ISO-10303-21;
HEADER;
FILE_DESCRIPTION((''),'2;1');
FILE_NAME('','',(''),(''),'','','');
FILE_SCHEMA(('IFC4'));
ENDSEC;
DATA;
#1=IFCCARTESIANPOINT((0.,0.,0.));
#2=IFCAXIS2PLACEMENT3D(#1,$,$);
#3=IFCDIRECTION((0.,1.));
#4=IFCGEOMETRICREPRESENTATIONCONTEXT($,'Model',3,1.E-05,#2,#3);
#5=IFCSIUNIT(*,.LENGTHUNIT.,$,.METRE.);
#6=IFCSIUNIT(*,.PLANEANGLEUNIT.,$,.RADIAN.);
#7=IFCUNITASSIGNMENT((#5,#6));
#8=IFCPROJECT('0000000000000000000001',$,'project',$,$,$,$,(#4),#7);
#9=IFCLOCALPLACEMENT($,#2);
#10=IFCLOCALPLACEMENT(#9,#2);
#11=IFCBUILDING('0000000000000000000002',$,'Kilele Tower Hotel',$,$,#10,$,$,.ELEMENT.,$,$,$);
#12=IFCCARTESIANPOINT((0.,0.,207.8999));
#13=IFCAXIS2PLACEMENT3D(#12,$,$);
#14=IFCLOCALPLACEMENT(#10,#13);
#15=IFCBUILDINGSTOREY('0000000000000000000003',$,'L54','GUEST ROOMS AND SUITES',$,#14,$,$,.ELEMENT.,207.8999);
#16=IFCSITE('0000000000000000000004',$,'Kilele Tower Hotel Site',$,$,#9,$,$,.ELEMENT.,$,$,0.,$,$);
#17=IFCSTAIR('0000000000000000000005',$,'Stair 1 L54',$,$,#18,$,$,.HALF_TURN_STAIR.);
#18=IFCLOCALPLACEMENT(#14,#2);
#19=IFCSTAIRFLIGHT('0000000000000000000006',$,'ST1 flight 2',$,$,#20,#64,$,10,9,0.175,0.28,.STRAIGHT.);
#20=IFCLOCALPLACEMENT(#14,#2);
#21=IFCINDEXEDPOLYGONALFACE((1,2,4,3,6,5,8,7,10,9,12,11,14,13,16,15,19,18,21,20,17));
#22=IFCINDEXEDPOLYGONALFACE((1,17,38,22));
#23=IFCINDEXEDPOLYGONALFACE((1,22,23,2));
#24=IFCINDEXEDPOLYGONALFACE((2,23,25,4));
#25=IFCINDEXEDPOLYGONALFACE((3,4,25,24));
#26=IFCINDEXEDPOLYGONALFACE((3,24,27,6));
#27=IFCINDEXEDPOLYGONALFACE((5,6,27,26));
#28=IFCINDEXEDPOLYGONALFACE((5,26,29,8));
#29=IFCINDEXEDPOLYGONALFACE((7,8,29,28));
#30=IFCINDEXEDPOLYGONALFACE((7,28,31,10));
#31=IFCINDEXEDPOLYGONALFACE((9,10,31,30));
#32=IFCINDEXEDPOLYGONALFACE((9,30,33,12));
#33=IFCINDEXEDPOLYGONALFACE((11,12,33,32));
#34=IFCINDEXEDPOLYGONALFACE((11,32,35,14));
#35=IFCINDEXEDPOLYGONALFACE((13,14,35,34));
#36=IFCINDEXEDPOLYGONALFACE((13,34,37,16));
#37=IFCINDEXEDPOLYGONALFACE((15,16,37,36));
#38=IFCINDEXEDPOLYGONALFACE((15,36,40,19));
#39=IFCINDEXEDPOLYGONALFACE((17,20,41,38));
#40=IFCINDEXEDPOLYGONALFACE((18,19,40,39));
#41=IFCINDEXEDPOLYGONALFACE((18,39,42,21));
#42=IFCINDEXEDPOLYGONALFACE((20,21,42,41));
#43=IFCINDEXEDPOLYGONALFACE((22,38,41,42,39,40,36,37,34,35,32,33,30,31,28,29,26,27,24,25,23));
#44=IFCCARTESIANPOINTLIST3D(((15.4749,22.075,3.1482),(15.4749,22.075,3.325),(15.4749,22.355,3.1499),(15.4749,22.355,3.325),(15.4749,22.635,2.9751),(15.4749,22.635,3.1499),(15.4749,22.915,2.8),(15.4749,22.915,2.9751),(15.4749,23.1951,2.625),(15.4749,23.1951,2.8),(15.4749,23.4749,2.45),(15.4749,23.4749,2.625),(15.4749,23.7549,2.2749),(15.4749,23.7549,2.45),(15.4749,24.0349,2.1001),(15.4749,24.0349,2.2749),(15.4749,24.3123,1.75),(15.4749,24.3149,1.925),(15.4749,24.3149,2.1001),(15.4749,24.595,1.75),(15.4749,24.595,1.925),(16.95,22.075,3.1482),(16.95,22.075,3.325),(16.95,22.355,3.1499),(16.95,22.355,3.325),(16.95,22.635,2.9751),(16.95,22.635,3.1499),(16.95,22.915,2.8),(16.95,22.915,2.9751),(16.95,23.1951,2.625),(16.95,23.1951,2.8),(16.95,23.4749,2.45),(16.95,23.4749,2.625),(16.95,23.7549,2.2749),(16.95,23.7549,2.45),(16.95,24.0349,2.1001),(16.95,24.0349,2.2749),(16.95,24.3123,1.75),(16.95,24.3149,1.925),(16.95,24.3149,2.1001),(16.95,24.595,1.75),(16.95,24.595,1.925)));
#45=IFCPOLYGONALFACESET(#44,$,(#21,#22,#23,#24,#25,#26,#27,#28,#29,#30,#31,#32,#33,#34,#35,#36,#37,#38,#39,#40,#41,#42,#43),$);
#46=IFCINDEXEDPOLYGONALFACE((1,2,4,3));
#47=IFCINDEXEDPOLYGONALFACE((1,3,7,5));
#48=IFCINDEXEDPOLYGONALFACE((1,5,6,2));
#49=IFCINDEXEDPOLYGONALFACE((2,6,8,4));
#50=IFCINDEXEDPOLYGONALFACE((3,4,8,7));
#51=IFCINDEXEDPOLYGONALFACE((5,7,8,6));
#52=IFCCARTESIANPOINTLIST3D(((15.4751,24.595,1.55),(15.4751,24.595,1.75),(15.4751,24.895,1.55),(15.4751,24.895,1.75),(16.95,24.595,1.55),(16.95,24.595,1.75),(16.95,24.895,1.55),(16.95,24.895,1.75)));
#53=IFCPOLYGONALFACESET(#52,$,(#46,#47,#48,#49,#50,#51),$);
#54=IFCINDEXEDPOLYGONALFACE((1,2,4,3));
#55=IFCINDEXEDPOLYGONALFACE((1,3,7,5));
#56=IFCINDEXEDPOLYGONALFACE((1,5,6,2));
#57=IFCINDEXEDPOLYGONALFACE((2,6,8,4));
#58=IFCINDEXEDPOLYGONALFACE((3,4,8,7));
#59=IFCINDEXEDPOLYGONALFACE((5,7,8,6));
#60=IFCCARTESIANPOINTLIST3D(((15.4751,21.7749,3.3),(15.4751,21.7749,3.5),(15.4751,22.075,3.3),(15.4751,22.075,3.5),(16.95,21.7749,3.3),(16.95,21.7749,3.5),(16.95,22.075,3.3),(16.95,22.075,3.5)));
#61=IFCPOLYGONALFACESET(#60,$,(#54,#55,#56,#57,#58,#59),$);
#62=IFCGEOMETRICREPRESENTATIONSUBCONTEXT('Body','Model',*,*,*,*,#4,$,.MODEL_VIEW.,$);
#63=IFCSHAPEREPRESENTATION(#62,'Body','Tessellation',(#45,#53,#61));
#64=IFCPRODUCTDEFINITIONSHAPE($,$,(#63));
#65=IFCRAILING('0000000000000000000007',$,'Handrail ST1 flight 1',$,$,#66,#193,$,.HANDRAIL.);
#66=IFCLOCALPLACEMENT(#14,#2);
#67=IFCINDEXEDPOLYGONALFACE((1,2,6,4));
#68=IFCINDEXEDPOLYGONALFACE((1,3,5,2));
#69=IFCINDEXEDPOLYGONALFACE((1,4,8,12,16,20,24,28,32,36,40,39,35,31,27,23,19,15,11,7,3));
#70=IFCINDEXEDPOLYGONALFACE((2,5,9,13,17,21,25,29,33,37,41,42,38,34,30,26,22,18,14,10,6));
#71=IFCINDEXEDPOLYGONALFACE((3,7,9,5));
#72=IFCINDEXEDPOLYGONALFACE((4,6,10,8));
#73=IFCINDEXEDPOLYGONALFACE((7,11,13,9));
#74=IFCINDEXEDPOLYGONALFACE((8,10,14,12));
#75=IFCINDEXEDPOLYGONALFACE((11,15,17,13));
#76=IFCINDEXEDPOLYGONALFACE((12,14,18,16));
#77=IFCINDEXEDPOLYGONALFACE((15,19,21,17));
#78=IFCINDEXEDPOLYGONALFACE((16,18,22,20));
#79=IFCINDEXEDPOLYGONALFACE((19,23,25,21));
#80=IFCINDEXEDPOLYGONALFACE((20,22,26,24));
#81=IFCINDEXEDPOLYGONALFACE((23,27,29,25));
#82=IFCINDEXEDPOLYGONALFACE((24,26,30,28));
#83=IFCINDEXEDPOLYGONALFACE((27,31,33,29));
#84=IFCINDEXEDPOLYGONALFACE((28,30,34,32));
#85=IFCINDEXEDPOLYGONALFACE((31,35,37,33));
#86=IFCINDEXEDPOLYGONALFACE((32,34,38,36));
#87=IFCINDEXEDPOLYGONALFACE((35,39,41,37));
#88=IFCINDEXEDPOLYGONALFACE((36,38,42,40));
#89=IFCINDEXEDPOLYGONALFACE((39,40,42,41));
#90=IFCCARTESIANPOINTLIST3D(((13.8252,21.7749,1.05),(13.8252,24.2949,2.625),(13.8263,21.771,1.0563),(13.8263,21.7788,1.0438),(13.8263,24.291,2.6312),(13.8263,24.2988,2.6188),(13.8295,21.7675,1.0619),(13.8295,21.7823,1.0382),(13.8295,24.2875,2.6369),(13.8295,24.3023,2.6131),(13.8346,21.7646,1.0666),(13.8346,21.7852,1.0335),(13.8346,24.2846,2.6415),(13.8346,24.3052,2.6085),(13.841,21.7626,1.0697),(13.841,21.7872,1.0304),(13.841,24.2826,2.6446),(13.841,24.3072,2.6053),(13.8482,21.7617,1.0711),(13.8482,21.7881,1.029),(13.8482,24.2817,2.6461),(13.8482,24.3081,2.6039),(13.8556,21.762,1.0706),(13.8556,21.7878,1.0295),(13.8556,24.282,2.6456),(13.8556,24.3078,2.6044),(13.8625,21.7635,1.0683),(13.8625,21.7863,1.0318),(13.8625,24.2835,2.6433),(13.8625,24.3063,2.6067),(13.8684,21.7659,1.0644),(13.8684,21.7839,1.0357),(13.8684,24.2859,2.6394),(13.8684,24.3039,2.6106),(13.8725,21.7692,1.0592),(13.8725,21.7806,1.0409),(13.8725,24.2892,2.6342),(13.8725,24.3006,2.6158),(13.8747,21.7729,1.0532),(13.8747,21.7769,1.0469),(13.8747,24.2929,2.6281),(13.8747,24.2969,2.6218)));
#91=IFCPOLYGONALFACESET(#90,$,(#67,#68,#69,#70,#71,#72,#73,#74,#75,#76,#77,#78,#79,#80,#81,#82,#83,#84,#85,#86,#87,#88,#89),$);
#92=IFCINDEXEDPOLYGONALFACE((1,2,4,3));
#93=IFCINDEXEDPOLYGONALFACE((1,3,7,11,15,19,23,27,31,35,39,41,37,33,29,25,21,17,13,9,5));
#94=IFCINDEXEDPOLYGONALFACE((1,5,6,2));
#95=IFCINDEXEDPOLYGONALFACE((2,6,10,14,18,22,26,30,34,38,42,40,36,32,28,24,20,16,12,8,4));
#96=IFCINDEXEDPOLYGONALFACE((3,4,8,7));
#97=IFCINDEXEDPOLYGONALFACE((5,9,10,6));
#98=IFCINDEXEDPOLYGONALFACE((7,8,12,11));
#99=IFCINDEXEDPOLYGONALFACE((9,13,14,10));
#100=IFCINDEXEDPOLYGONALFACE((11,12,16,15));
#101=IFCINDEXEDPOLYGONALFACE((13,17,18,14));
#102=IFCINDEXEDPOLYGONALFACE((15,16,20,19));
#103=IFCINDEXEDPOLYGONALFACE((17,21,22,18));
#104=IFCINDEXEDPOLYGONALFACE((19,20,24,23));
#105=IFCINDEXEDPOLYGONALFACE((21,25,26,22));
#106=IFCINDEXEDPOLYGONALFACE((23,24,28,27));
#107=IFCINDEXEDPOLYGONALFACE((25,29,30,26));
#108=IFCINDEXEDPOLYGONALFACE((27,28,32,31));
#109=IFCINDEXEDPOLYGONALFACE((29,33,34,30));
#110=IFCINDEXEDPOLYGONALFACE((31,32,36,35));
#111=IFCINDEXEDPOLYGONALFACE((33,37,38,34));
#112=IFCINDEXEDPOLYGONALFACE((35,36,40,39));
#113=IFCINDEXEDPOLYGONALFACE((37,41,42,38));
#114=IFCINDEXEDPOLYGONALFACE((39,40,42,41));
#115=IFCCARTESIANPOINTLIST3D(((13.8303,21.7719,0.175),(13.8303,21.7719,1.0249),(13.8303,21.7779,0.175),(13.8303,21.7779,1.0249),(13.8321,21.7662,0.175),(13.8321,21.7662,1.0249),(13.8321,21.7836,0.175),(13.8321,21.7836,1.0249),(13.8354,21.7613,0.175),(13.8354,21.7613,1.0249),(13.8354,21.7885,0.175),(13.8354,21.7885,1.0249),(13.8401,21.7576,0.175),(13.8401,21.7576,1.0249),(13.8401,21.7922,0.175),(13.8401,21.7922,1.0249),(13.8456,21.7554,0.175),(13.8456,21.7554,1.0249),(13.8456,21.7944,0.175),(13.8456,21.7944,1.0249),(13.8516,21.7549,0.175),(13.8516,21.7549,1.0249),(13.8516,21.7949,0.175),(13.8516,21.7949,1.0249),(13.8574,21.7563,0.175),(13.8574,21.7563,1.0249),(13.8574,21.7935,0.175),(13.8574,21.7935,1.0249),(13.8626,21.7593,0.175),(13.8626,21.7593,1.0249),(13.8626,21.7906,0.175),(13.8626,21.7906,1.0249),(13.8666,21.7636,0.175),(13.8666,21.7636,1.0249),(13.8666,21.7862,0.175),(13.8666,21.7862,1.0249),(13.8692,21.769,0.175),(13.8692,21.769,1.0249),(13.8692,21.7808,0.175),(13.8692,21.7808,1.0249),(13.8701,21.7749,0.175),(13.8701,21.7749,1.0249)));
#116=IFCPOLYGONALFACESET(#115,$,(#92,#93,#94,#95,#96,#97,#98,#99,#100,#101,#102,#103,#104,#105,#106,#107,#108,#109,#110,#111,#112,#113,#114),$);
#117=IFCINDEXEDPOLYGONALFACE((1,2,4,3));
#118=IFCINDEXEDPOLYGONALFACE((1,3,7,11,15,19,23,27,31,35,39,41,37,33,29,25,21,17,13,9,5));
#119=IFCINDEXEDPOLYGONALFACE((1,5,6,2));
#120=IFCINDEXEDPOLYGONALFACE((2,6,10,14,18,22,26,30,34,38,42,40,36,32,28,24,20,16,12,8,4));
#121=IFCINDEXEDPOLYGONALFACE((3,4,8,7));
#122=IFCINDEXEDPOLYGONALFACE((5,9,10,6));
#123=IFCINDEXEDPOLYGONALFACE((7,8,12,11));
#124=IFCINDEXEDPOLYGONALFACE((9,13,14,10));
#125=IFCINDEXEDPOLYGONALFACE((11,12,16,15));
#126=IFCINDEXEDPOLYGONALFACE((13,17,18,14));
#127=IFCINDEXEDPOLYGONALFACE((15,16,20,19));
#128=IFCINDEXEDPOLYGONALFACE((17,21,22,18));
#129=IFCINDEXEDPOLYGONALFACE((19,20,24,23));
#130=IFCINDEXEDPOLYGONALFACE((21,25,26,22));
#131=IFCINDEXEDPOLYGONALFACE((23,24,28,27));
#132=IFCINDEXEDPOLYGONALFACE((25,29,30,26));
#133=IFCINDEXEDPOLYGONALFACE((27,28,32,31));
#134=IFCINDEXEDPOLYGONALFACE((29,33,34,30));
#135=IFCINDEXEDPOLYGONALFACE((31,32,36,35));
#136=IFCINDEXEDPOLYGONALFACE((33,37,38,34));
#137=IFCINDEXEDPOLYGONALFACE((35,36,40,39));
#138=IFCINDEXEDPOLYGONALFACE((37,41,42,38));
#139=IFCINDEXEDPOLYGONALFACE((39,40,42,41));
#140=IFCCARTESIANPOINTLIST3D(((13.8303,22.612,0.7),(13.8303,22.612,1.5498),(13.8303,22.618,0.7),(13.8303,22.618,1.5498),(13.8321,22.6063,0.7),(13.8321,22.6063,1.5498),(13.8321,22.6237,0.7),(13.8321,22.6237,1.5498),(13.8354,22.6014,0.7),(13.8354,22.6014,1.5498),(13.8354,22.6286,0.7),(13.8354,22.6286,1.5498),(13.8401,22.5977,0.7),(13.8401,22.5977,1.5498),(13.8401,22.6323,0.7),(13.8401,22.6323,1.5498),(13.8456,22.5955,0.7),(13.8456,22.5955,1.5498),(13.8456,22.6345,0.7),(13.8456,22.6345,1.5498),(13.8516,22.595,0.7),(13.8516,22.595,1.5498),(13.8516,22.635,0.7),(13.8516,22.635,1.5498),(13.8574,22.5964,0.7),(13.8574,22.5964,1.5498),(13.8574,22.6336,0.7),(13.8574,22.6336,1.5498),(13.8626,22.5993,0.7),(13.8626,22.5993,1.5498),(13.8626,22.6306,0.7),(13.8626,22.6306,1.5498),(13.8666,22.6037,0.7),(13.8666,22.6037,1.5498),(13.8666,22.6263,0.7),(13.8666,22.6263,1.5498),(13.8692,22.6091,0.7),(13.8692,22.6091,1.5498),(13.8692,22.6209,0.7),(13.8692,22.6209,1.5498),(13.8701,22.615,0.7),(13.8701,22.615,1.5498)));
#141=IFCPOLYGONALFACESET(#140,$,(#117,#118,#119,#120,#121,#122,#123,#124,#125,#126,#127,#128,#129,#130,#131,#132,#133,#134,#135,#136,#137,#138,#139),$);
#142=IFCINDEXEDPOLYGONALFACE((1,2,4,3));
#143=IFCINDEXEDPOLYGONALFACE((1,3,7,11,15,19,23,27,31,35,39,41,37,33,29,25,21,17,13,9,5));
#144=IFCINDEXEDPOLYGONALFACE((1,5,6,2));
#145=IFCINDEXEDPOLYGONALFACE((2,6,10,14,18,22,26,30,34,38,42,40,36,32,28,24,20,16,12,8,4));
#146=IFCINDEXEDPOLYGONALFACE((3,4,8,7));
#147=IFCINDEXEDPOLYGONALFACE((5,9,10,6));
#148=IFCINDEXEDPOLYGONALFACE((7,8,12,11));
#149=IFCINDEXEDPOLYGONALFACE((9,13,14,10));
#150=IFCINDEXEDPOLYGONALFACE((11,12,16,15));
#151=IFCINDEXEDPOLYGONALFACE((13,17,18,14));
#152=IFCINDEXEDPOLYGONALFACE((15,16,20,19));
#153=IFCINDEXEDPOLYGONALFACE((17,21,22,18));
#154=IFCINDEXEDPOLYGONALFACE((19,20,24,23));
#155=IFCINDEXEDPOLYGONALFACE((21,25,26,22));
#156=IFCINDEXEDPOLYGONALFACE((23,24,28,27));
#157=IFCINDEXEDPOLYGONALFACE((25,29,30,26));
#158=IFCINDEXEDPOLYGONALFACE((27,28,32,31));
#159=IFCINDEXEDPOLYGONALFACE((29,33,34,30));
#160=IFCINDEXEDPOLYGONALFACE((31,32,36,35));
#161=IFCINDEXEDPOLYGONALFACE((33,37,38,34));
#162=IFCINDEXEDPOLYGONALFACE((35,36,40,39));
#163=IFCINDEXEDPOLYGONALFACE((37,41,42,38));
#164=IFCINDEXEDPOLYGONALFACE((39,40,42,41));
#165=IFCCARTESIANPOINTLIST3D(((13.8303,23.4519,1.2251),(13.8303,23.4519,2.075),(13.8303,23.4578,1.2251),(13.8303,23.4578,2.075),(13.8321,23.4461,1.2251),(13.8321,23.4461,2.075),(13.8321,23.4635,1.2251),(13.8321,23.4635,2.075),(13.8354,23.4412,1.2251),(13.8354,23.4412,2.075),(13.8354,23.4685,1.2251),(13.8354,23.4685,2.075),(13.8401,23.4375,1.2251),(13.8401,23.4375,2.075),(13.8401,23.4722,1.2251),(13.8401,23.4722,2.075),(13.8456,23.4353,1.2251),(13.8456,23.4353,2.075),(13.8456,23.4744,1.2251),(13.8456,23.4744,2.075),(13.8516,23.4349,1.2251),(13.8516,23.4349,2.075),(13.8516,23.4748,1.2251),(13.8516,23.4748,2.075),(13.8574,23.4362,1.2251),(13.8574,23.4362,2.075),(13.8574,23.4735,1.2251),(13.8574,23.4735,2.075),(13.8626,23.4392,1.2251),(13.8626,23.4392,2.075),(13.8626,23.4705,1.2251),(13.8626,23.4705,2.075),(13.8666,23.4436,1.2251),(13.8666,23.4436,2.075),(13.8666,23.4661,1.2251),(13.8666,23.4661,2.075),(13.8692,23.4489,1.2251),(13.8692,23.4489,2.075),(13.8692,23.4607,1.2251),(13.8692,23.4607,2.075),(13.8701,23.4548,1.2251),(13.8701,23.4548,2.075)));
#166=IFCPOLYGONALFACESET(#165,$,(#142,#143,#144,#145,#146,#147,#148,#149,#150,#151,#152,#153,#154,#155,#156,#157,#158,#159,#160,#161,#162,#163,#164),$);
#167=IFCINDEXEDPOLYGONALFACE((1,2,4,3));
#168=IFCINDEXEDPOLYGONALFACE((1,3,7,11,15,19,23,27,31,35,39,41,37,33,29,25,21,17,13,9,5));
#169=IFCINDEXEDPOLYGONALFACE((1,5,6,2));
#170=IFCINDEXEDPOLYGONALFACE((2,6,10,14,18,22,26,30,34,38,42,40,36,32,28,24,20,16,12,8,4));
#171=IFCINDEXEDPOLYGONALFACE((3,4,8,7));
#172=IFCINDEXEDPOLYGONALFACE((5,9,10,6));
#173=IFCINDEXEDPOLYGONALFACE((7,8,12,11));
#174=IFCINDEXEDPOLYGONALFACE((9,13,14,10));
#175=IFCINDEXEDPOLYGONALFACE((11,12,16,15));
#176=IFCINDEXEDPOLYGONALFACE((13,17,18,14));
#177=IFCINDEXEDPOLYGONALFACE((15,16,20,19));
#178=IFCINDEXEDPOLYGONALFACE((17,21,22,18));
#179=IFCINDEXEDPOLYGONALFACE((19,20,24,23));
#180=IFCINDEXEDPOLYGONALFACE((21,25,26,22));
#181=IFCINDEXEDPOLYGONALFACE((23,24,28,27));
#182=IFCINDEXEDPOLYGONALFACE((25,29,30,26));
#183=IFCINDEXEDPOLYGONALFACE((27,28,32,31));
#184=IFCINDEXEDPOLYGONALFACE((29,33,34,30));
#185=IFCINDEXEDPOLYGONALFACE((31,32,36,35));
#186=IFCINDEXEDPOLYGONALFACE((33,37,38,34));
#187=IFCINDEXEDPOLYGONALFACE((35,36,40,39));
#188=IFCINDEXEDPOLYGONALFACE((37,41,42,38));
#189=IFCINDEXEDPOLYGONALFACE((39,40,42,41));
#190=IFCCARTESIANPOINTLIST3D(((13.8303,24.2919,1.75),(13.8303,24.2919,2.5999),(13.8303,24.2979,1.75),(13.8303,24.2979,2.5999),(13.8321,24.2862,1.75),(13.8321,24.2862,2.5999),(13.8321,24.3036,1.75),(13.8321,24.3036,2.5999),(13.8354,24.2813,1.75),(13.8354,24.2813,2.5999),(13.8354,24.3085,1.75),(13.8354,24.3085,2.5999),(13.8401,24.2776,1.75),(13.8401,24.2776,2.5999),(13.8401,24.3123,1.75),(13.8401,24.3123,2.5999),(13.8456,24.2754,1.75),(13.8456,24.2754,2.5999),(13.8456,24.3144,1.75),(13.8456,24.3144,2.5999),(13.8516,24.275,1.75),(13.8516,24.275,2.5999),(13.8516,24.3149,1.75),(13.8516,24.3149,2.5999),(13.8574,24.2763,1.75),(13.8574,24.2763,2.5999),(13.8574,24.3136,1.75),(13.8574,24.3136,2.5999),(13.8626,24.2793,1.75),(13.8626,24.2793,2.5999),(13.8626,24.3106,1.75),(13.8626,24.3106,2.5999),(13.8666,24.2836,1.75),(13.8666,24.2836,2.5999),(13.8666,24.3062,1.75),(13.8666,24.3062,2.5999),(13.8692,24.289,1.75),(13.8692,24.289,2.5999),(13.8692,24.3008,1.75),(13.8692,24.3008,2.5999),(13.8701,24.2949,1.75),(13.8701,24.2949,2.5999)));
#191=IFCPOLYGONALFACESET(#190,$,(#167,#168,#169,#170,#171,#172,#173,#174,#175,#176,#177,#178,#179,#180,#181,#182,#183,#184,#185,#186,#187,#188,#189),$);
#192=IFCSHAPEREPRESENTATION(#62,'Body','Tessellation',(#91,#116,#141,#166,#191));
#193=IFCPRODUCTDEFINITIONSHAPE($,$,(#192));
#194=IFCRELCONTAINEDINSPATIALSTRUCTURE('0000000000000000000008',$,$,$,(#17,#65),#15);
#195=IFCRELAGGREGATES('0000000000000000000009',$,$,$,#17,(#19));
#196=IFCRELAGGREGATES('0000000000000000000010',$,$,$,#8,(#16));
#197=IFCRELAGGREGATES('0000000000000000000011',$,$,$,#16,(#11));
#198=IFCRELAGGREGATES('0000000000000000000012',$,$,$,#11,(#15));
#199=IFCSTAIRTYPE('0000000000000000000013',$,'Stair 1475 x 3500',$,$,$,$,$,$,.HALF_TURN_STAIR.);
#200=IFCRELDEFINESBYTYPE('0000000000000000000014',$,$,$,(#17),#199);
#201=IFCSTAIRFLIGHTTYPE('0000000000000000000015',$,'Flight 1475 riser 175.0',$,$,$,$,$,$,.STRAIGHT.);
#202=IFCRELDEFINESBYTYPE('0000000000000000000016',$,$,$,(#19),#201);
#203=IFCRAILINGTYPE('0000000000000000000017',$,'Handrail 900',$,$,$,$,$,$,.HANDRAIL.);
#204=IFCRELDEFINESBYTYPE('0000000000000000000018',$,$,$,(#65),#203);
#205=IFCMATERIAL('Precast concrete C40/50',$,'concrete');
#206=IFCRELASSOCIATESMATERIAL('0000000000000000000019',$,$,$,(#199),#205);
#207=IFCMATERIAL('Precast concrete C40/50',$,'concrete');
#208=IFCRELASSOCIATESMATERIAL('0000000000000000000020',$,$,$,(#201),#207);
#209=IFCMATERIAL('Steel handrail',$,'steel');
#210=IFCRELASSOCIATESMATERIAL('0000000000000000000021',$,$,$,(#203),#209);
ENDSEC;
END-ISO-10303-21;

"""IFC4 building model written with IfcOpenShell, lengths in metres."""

from ifc_helpers import new_model, si_unit, direction, frame, origin, origin_2d, place, context, subcontext, project, spatial, polyline, circle, outline, extrude, material, type_object, element, aggregate, save


model = new_model("IFC4")

# Units and contexts
model_context = context("Model", 3, precision=1e-05, world=origin(), true_north=direction((0.0, 1.0)))
body_context = subcontext(model_context, "Body", "Model", "MODEL_VIEW")
ifc_project = project(units=[si_unit("LENGTHUNIT", "METRE"), si_unit("PLANEANGLEUNIT", "RADIAN")], contexts=[model_context])

# Site, building, storey
site_placement = place(None, origin())
site = spatial("IfcSite", under=ifc_project, at=site_placement, Name="Kilele Tower Hotel Site", CompositionType="ELEMENT", RefElevation=0.0)
building_placement = place(site_placement, origin())
building = spatial("IfcBuilding", under=site, at=building_placement, Name="Kilele Tower Hotel", CompositionType="ELEMENT")
storey_placement = place(building_placement, frame((0.0, 0.0, 207.8999)))
storey = spatial("IfcBuildingStorey", under=building, at=storey_placement, Name="L54", Description="GUEST ROOMS AND SUITES", CompositionType="ELEMENT", Elevation=207.8999)

# Stair, stair flight
ifc_material_1 = material(Name="Precast concrete C40/50", Category="concrete")
stair_type = type_object("IfcStairType", Name="Stair 1475 x 3500", PredefinedType="HALF_TURN_STAIR", material=ifc_material_1)
stair_placement = place(storey_placement, origin())
stair = element("IfcStair", 1, at=stair_placement, inside=storey, type_object=stair_type, Name="Stair 1 L54", PredefinedType="HALF_TURN_STAIR")
ifc_material_2 = material(Name="Precast concrete C40/50", Category="concrete")
stair_flight_type = type_object("IfcStairFlightType", Name="Flight 1475 riser 175.0", PredefinedType="STRAIGHT", material=ifc_material_2)
stair_flight_1_placement = place(storey_placement, frame((16.2124, 24.595, 1.75), z_axis=(0.0, 0.0, 1.0), x_axis=(0.0, -1.0, 0.0)))
stair_flight_1 = element("IfcStairFlight", 2, at=stair_flight_1_placement, type_object=stair_flight_type, Name="ST1 flight 2", NumberOfRisers=10, NumberOfTreads=9, PredefinedType="STRAIGHT", RiserHeight=0.175, TreadLength=0.28, context=body_context, shape_type="SweptSolid", body=[
    extrude(outline(polyline([(0.0, 0.0), (0.0, 0.175), (0.28, 0.175), (0.28, 0.3501), (0.5601, 0.3501), (0.5601, 0.5249), (0.8401, 0.5249), (0.8401, 0.7), (1.1201, 0.7), (1.1201, 0.875), (1.3999, 0.875), (1.3999, 1.05), (1.6799, 1.05), (1.6799, 1.2251), (1.96, 1.2251), (1.96, 1.3999), (2.24, 1.3999), (2.24, 1.575), (2.52, 1.575), (2.52, 1.75), (2.52, 1.3982), (0.2827, 0.0), (0.0, 0.0)])), frame((0.0, 0.7375, 0.0), z_axis=(0.0, -1.0, 0.0), x_axis=(1.0, 0.0, 0.0)), (0.0, 0.0, 1.0), 1.4751),
    extrude(outline(polyline([(0.0, -0.7373), (0.0, 0.7375), (-0.3, 0.7375), (-0.3, -0.7373), (0.0, -0.7373)])), frame((0.0, 0.0, -0.2)), (0.0, 0.0, 1.0), 0.2),
    extrude(outline(polyline([(2.8201, -0.7373), (2.8201, 0.7375), (2.52, 0.7375), (2.52, -0.7373), (2.8201, -0.7373)])), frame((0.0, 0.0, 1.55)), (0.0, 0.0, 1.0), 0.2),
])
aggregate(stair, [stair_flight_1])

# Railing
ifc_material_3 = material(Name="Steel handrail", Category="steel")
railing_type_1 = type_object("IfcRailingType", Name="Handrail 900", PredefinedType="HANDRAIL", material=ifc_material_3)
for number, where, name in (
    (3, (13.8501, 21.7749, 0.175), "Handrail ST1 flight 1"),
):
    element("IfcRailing", number, at=place(storey_placement, frame(where)), inside=storey, type_object=railing_type_1, Name=name, PredefinedType="HANDRAIL", context=body_context, shape_type="SweptSolid", body=[
        extrude(circle(Radius=0.0249, at=origin_2d()), frame((0.0, 0.0, 0.875), z_axis=(0.0, 0.848008, 0.529984), x_axis=(-1.0, 0.0, 0.0)), (0.0, 0.0, 1.0), 2.9717),
        extrude(circle(Radius=0.02, at=origin_2d()), origin(), (0.0, 0.0, 1.0), 0.8499),
        extrude(circle(Radius=0.02, at=origin_2d()), frame((0.0, 0.8401, 0.5249)), (0.0, 0.0, 1.0), 0.8499),
        extrude(circle(Radius=0.02, at=origin_2d()), frame((0.0, 1.6799, 1.05)), (0.0, 0.0, 1.0), 0.8499),
        extrude(circle(Radius=0.02, at=origin_2d()), frame((0.0, 2.52, 1.575)), (0.0, 0.0, 1.0), 0.8499),
    ])

save(model, "model.ifc")
